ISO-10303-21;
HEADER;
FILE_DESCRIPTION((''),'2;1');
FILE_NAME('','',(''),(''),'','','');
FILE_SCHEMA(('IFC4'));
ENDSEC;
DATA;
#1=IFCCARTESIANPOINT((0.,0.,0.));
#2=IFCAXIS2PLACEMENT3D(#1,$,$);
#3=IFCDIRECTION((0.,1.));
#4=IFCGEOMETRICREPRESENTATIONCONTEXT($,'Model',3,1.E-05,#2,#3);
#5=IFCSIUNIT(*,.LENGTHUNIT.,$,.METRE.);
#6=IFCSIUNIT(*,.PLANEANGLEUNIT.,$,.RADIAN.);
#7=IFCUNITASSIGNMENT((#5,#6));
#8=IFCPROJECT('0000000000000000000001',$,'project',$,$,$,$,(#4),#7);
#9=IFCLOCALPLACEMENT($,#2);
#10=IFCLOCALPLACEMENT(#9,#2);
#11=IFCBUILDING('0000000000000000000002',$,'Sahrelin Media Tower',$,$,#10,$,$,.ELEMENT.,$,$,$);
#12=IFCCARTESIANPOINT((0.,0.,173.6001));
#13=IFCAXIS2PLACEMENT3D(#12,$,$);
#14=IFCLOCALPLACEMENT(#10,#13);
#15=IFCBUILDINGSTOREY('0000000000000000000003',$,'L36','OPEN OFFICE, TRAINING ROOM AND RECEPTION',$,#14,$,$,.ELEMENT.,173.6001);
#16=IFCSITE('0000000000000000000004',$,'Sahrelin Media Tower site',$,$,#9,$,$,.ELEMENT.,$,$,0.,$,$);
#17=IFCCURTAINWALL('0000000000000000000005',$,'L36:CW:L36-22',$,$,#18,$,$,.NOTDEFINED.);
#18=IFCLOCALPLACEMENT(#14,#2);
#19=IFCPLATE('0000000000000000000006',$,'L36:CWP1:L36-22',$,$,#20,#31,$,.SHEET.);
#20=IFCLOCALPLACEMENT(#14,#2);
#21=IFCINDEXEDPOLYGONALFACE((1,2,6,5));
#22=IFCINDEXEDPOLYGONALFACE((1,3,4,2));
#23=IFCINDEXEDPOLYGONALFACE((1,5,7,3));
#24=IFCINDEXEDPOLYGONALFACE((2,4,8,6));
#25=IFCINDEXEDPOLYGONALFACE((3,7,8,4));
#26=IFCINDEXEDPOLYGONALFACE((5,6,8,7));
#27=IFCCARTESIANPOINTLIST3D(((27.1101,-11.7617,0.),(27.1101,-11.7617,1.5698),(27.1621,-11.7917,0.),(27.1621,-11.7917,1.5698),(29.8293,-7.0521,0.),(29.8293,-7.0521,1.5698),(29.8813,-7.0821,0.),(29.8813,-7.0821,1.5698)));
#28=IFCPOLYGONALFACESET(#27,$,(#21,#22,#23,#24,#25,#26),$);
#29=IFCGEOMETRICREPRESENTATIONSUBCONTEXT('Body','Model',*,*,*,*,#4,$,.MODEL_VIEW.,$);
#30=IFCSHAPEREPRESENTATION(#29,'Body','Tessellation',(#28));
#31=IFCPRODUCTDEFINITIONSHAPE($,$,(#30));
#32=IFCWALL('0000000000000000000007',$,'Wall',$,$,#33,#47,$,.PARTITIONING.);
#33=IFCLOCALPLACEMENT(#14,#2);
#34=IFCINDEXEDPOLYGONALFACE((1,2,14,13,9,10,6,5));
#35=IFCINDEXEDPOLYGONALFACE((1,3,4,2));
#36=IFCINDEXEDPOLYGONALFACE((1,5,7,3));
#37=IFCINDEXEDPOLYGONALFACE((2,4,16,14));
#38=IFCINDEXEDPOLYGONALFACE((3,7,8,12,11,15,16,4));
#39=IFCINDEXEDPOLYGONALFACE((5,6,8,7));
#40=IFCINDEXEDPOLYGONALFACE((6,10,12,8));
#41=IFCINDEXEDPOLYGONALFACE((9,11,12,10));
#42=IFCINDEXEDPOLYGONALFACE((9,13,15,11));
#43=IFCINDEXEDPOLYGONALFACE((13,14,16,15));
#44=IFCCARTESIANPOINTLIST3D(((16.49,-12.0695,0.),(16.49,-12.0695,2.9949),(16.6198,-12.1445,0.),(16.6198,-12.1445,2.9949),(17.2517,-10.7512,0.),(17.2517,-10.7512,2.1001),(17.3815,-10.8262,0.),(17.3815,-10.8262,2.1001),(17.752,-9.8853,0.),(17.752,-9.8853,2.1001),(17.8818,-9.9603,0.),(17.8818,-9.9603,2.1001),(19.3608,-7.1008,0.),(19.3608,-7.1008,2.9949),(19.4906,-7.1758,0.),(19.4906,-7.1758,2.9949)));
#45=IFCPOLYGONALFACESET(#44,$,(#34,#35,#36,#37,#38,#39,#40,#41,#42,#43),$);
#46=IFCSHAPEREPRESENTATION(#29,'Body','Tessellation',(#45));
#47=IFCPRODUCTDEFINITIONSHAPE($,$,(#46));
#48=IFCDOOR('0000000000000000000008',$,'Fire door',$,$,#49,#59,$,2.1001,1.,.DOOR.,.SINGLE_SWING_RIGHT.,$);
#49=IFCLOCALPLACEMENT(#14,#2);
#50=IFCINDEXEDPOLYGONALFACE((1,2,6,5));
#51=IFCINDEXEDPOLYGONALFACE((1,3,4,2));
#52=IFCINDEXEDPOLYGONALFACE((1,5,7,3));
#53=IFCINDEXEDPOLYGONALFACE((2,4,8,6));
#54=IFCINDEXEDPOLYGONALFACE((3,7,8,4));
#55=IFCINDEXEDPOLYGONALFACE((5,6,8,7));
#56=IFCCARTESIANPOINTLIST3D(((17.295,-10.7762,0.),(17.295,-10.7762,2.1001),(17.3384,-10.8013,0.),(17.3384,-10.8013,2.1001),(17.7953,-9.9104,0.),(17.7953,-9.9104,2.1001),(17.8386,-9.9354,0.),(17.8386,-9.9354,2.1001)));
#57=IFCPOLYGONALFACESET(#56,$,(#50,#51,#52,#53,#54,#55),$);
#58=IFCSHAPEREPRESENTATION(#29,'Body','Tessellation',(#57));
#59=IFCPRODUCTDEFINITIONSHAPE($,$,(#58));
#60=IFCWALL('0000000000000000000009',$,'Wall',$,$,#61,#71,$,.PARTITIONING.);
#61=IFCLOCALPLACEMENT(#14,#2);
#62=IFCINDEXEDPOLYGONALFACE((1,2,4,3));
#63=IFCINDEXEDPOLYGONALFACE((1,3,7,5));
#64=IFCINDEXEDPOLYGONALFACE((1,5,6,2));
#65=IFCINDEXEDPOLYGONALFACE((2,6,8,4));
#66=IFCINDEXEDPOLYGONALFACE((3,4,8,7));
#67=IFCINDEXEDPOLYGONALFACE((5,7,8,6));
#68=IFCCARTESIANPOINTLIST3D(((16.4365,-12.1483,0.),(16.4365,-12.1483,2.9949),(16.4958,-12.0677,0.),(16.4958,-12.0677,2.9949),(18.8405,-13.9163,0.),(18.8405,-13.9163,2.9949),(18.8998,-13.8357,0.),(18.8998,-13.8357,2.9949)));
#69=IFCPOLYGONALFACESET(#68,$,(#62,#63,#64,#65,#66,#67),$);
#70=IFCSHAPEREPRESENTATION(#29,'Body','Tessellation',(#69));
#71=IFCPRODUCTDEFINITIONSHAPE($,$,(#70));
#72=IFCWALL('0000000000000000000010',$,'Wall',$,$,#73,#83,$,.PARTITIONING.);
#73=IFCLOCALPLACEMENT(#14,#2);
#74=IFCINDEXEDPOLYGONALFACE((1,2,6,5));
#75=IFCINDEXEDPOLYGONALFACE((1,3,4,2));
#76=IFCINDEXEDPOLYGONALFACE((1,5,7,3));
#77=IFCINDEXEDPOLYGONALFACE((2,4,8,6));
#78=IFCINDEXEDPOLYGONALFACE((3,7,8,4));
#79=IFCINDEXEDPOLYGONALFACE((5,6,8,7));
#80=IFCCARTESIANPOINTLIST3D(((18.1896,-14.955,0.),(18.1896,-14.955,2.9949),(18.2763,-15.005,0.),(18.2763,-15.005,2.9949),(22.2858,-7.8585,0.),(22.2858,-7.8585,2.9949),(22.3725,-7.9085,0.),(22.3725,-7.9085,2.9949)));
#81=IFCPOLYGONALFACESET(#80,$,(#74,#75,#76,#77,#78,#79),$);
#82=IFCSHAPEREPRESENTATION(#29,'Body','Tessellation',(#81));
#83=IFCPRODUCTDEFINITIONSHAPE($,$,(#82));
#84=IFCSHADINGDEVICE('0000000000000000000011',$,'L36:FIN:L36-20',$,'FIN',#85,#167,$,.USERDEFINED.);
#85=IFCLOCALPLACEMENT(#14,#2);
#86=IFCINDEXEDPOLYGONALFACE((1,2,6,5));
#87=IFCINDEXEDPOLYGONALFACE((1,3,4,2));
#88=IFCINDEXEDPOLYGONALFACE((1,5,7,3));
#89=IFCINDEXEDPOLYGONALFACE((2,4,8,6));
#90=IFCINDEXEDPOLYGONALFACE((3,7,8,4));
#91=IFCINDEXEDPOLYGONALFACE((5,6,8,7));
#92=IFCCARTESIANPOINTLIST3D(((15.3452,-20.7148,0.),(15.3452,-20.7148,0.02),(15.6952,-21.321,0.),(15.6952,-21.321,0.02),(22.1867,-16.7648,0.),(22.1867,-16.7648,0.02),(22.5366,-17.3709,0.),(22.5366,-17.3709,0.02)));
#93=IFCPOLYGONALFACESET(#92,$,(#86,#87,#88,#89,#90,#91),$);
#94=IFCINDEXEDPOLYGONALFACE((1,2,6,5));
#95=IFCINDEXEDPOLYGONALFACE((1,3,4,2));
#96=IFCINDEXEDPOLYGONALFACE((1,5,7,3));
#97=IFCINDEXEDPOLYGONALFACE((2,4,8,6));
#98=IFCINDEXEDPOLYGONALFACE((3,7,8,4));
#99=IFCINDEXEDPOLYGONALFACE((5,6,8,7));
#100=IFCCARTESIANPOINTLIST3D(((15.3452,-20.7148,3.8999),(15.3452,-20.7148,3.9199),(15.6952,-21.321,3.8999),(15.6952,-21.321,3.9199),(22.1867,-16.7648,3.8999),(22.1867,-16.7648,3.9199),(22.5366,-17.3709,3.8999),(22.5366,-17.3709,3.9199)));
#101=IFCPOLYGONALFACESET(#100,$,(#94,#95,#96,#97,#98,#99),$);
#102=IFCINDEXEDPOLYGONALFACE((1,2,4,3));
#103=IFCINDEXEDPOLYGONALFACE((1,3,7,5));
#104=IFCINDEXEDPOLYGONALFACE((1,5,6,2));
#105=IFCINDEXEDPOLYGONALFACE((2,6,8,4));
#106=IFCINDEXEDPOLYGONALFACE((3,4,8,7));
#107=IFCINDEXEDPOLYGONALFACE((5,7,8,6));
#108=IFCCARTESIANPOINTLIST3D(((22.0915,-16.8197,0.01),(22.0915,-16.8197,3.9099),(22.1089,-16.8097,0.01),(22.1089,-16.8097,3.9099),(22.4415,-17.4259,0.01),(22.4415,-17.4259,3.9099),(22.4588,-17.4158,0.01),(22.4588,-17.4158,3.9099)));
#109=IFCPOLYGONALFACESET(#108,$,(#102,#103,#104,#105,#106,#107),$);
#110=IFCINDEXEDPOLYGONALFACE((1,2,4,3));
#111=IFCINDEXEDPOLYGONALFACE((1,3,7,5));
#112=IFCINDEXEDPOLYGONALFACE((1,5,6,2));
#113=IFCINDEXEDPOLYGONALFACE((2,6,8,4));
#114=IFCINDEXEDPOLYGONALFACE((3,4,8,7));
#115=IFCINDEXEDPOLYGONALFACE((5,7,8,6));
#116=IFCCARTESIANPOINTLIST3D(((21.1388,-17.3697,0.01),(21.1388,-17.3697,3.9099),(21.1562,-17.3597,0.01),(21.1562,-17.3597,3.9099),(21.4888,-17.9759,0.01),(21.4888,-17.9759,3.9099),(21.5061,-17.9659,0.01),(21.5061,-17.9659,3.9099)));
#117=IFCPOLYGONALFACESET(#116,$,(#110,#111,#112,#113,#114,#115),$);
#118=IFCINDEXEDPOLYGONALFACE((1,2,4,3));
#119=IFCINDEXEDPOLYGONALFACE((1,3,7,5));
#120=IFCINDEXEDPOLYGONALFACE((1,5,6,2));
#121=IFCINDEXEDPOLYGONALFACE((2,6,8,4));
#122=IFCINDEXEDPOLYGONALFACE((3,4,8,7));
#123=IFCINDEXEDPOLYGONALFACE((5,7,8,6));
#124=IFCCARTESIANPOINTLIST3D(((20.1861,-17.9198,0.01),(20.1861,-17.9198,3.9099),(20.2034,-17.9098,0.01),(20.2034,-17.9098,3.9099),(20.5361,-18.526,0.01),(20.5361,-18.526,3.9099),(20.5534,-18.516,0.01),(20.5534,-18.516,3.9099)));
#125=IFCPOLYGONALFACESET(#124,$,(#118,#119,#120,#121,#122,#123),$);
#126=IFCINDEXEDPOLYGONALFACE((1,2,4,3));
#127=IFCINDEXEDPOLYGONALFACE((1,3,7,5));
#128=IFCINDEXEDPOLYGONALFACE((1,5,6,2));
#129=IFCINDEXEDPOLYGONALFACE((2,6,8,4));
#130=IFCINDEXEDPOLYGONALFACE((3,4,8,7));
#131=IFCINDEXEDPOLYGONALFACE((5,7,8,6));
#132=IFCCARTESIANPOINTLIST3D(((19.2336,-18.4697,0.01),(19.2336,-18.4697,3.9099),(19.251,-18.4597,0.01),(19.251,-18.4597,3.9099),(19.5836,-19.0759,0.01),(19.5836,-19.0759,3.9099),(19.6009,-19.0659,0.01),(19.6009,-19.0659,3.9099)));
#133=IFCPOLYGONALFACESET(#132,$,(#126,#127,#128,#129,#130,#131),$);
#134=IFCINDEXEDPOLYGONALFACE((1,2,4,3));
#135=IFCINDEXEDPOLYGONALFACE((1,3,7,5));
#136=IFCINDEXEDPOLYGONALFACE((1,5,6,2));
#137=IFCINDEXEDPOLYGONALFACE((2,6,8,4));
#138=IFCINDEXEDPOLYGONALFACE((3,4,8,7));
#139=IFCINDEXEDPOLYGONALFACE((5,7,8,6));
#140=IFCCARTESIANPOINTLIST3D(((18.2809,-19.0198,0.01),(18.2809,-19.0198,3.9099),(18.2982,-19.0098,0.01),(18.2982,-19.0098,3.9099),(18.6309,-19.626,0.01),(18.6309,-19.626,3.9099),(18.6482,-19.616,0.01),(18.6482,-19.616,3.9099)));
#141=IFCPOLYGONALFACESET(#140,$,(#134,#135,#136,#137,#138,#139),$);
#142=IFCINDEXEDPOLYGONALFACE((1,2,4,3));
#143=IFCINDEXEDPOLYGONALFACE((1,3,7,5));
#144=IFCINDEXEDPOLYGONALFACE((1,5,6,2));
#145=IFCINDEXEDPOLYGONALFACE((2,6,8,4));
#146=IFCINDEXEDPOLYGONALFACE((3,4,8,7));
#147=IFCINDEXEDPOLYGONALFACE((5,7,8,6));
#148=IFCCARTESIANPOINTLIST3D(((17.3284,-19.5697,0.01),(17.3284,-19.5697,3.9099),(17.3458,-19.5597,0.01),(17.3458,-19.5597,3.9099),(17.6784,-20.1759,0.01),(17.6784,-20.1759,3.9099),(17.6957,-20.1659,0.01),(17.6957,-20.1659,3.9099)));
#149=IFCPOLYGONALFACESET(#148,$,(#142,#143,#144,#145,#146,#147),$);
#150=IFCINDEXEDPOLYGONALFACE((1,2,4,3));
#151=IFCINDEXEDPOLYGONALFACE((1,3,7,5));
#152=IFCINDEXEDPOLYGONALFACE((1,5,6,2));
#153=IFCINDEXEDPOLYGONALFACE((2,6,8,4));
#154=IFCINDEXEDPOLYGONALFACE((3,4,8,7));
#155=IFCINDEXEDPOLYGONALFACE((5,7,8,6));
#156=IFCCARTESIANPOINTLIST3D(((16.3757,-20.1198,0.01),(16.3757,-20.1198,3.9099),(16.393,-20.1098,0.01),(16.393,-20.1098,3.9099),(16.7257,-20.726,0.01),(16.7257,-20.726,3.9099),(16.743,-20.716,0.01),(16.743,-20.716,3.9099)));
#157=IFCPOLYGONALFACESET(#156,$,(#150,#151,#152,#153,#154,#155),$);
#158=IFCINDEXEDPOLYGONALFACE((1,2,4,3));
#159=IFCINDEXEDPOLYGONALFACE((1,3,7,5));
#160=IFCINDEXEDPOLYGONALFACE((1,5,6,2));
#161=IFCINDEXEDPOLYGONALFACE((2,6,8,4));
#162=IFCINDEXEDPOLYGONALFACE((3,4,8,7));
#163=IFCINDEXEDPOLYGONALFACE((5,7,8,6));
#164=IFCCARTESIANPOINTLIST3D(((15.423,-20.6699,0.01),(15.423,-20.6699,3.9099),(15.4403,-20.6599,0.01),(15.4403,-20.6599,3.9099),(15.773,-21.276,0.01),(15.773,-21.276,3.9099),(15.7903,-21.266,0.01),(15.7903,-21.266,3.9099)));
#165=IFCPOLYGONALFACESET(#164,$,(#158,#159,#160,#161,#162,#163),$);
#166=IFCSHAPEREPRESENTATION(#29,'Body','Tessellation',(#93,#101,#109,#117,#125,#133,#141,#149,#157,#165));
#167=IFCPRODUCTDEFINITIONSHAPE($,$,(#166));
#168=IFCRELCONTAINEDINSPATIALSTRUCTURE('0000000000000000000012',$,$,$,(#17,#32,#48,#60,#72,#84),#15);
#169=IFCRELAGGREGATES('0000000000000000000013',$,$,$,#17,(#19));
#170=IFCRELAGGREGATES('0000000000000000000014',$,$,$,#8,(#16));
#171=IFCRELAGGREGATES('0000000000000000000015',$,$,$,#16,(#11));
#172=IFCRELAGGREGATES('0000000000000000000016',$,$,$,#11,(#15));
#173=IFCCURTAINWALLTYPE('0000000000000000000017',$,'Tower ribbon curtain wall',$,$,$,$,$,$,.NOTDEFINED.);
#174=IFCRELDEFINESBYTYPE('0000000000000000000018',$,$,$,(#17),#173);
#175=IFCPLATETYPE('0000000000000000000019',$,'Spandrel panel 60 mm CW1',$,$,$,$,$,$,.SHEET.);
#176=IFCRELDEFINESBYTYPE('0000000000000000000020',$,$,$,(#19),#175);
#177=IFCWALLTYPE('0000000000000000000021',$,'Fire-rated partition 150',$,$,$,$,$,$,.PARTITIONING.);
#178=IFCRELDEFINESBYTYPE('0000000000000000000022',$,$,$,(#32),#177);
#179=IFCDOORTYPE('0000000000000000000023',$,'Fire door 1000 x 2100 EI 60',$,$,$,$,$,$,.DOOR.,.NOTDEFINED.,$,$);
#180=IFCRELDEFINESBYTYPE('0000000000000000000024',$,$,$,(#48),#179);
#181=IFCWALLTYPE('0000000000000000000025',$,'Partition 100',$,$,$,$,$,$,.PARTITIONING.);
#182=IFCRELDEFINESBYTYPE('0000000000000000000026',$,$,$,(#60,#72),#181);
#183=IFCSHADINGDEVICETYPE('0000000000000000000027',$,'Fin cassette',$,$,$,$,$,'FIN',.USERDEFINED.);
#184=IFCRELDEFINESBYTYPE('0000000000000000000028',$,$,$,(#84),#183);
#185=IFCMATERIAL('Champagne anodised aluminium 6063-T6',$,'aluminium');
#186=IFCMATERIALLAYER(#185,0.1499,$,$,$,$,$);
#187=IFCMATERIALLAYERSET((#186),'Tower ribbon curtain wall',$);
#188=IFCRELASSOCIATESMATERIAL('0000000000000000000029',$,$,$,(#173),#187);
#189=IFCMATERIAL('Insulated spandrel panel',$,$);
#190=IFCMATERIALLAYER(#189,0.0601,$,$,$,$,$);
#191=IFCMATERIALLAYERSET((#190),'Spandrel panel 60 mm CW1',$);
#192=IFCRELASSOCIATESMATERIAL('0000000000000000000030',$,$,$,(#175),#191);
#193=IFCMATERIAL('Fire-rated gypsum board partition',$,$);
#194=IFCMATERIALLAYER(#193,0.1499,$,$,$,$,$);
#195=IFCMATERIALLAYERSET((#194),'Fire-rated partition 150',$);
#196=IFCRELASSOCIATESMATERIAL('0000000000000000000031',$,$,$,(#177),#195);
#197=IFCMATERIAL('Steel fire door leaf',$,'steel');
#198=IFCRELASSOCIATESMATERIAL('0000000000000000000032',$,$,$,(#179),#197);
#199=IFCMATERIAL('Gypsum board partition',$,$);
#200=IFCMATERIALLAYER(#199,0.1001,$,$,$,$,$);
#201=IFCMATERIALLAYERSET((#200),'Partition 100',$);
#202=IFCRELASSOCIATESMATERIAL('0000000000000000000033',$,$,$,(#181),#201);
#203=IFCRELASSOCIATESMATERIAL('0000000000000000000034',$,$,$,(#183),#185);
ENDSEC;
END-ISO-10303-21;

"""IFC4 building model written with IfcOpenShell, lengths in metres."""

from ifc_helpers import new_model, si_unit, direction, frame, frame_2d, origin, origin_2d, place, context, subcontext, project, spatial, polyline, rectangle, outline, extrude, material, layer, layer_set, type_object, element, fill, aggregate, save


model = new_model("IFC4")

# Units and contexts
model_context = context("Model", 3, precision=1e-05, world=origin(), true_north=direction((0.0, 1.0)))
body_context = subcontext(model_context, "Body", "Model", "MODEL_VIEW")
ifc_project = project(units=[si_unit("LENGTHUNIT", "METRE"), si_unit("PLANEANGLEUNIT", "RADIAN")], contexts=[model_context])

# Site, building, storey
site_placement = place(None, origin())
site = spatial("IfcSite", under=ifc_project, at=site_placement, Name="Sahrelin Media Tower site", CompositionType="ELEMENT", RefElevation=0.0)
building_placement = place(site_placement, origin())
building = spatial("IfcBuilding", under=site, at=building_placement, Name="Sahrelin Media Tower", CompositionType="ELEMENT")
storey_placement = place(building_placement, frame((0.0, 0.0, 173.6001)))
storey = spatial("IfcBuildingStorey", under=building, at=storey_placement, Name="L36", Description="OPEN OFFICE, TRAINING ROOM AND RECEPTION", CompositionType="ELEMENT", Elevation=173.6001)

# Shared definitions
ifc_material_1 = material(Name="Champagne anodised aluminium 6063-T6", Category="aluminium")
ifc_layer_1 = layer(ifc_material_1, 0.1499)
ifc_layer_set_1 = layer_set([ifc_layer_1], Name="Tower ribbon curtain wall")
curtain_wall_type = type_object("IfcCurtainWallType", Name="Tower ribbon curtain wall", PredefinedType="NOTDEFINED", material=ifc_layer_set_1)

# Curtain wall
curtain_wall_1_placement = place(storey_placement, frame((28.5044, -9.427, 0.0), z_axis=(0.0, 0.0, 1.0), x_axis=(1.0, 0.0, 0.0)))
curtain_wall_1 = element("IfcCurtainWall", 1, at=curtain_wall_1_placement, inside=storey, type_object=curtain_wall_type, Name="L36:CW:L36-22", PredefinedType="NOTDEFINED")

# Plate
ifc_material_2 = material(Name="Insulated spandrel panel")
ifc_layer_2 = layer(ifc_material_2, 0.0601)
ifc_layer_set_2 = layer_set([ifc_layer_2], Name="Spandrel panel 60 mm CW1")
plate_type_1 = type_object("IfcPlateType", Name="Spandrel panel 60 mm CW1", PredefinedType="SHEET", material=ifc_layer_set_2)
plate_1_placement = place(storey_placement, frame((27.1621, -11.7917, 0.0), z_axis=(0.866019, -0.500011, 0.0), x_axis=(0.500011, 0.866019, 0.0)))
plate_1 = element("IfcPlate", 2, at=plate_1_placement, type_object=plate_type_1, Name="L36:CWP1:L36-22", PredefinedType="SHEET", context=body_context, shape_type="SweptSolid", body=[
    extrude(outline(polyline([(0.0, 0.0), (5.4382, 0.0), (5.4382, 1.5698), (0.0, 1.5698), (0.0, 0.0)])), origin(), (0.0, 0.0, -1.0), 0.0601),
])
aggregate(curtain_wall_1, [plate_1])

# Wall, opening, door
ifc_material_3 = material(Name="Fire-rated gypsum board partition")
ifc_layer_3 = layer(ifc_material_3, 0.1499)
ifc_layer_set_3 = layer_set([ifc_layer_3], Name="Fire-rated partition 150")
wall_type_1 = type_object("IfcWallType", Name="Fire-rated partition 150", PredefinedType="PARTITIONING", material=ifc_layer_set_3)
wall_1_placement = place(storey_placement, frame((16.5549, -12.1069, 0.0), z_axis=(0.0, 0.0, 1.0), x_axis=(0.50028, 0.865864, 0.0)))
wall_1 = element("IfcWall", 3, at=wall_1_placement, inside=storey, type_object=wall_type_1, Name="Wall", PredefinedType="PARTITIONING", context=body_context, shape_type="SweptSolid", body=[
    extrude(rectangle(XDim=5.7385, YDim=0.1499, at=frame_2d((2.8691, 0.0))), origin(), (0.0, 0.0, 1.0), 2.9949),
])
opening_placement = place(wall_1_placement, frame((1.5225, 0.0, 0.0)))
opening = element("IfcOpeningElement", 4, at=opening_placement, cuts=wall_1, PredefinedType="OPENING", context=body_context, shape_type="SweptSolid", body=[
    extrude(rectangle(XDim=1.0, YDim=2.1001, at=frame_2d((0.5, 1.05))), frame((0.0, 0.075, 0.0), z_axis=(0.0, -1.0, 0.0), x_axis=(1.0, 0.0, 0.0)), (0.0, 0.0, 1.0), 0.1499),
])
ifc_material_4 = material(Name="Steel fire door leaf", Category="steel")
door_type = type_object("IfcDoorType", Name="Fire door 1000 x 2100 EI 60", OperationType="NOTDEFINED", PredefinedType="DOOR", material=ifc_material_4)
door_placement = place(opening_placement, origin())
door = element("IfcDoor", 5, at=door_placement, inside=storey, type_object=door_type, Name="Fire door", OperationType="SINGLE_SWING_RIGHT", OverallHeight=2.1001, OverallWidth=1.0, PredefinedType="DOOR", context=body_context, shape_type="SweptSolid", body=[
    extrude(rectangle(XDim=1.0, YDim=2.1001, at=frame_2d((0.5, 1.05))), frame((0.0, 0.0249, 0.0), z_axis=(0.0, -1.0, 0.0), x_axis=(1.0, 0.0, 0.0)), (0.0, 0.0, 1.0), 0.05),
])
fill(opening, door)

# Walls
ifc_material_5 = material(Name="Gypsum board partition")
ifc_layer_4 = layer(ifc_material_5, 0.1001)
ifc_layer_set_4 = layer_set([ifc_layer_4], Name="Partition 100")
wall_type_2 = type_object("IfcWallType", Name="Partition 100", PredefinedType="PARTITIONING", material=ifc_layer_set_4)
wall_2_placement = place(storey_placement, frame((16.4661, -12.1079, 0.0), z_axis=(0.0, 0.0, 1.0), x_axis=(0.80559, -0.592473, 0.0)))
element("IfcWall", 6, at=wall_2_placement, inside=storey, type_object=wall_type_2, Name="Wall", PredefinedType="PARTITIONING", context=body_context, shape_type="SweptSolid", body=[
    extrude(rectangle(XDim=2.9841, YDim=0.1001, at=frame_2d((1.4922, 0.0))), origin(), (0.0, 0.0, 1.0), 2.9949),
])
wall_3_placement = place(storey_placement, frame((18.2329, -14.98, 0.0), z_axis=(0.0, 0.0, 1.0), x_axis=(0.499914, 0.866075, 0.0)))
element("IfcWall", 7, at=wall_3_placement, inside=storey, type_object=wall_type_2, Name="Wall", PredefinedType="PARTITIONING", context=body_context, shape_type="SweptSolid", body=[
    extrude(rectangle(XDim=8.1938, YDim=0.1001, at=frame_2d((4.0969, 0.0))), origin(), (0.0, 0.0, 1.0), 2.9949),
])

# Shading device
shading_device_type_1 = type_object("IfcShadingDeviceType", Name="Fin cassette", ElementType="FIN", PredefinedType="USERDEFINED", material=ifc_material_1)
placement_1 = place(storey_placement, frame((18.731, -18.6792, 0.0), z_axis=(0.0, 0.0, 1.0), x_axis=(-0.866019, -0.500011, 0.0)))
element("IfcShadingDevice", 8, at=placement_1, inside=storey, type_object=shading_device_type_1, Name="L36:FIN:L36-20", ObjectType="FIN", PredefinedType="USERDEFINED", context=body_context, shape_type="SweptSolid", body=[
    extrude(rectangle(XDim=7.8999, YDim=0.7, at=origin_2d()), frame((0.0, 0.4199, 0.0)), (0.0, 0.0, 1.0), 0.02),
    extrude(rectangle(XDim=7.8999, YDim=0.7, at=origin_2d()), frame((0.0, 0.4199, 3.8999)), (0.0, 0.0, 1.0), 0.02),
    extrude(rectangle(XDim=0.02, YDim=0.7, at=origin_2d()), frame((-3.8501, 0.4199, 0.01), z_axis=(0.0, 0.0, 1.0), x_axis=(1.0, 0.0, 0.0)), (0.0, 0.0, 1.0), 3.8999),
    extrude(rectangle(XDim=0.02, YDim=0.7, at=origin_2d()), frame((-2.75, 0.4199, 0.01), z_axis=(0.0, 0.0, 1.0), x_axis=(1.0, 0.0, 0.0)), (0.0, 0.0, 1.0), 3.8999),
    extrude(rectangle(XDim=0.02, YDim=0.7, at=origin_2d()), frame((-1.6499, 0.4199, 0.01), z_axis=(0.0, 0.0, 1.0), x_axis=(1.0, 0.0, 0.0)), (0.0, 0.0, 1.0), 3.8999),
    extrude(rectangle(XDim=0.02, YDim=0.7, at=origin_2d()), frame((-0.55, 0.4199, 0.01), z_axis=(0.0, 0.0, 1.0), x_axis=(1.0, 0.0, 0.0)), (0.0, 0.0, 1.0), 3.8999),
    extrude(rectangle(XDim=0.02, YDim=0.7, at=origin_2d()), frame((0.55, 0.4199, 0.01), z_axis=(0.0, 0.0, 1.0), x_axis=(1.0, 0.0, 0.0)), (0.0, 0.0, 1.0), 3.8999),
    extrude(rectangle(XDim=0.02, YDim=0.7, at=origin_2d()), frame((1.6499, 0.4199, 0.01), z_axis=(0.0, 0.0, 1.0), x_axis=(1.0, 0.0, 0.0)), (0.0, 0.0, 1.0), 3.8999),
    extrude(rectangle(XDim=0.02, YDim=0.7, at=origin_2d()), frame((2.75, 0.4199, 0.01), z_axis=(0.0, 0.0, 1.0), x_axis=(1.0, 0.0, 0.0)), (0.0, 0.0, 1.0), 3.8999),
    extrude(rectangle(XDim=0.02, YDim=0.7, at=origin_2d()), frame((3.8501, 0.4199, 0.01), z_axis=(0.0, 0.0, 1.0), x_axis=(1.0, 0.0, 0.0)), (0.0, 0.0, 1.0), 3.8999),
])

save(model, "model.ifc")
